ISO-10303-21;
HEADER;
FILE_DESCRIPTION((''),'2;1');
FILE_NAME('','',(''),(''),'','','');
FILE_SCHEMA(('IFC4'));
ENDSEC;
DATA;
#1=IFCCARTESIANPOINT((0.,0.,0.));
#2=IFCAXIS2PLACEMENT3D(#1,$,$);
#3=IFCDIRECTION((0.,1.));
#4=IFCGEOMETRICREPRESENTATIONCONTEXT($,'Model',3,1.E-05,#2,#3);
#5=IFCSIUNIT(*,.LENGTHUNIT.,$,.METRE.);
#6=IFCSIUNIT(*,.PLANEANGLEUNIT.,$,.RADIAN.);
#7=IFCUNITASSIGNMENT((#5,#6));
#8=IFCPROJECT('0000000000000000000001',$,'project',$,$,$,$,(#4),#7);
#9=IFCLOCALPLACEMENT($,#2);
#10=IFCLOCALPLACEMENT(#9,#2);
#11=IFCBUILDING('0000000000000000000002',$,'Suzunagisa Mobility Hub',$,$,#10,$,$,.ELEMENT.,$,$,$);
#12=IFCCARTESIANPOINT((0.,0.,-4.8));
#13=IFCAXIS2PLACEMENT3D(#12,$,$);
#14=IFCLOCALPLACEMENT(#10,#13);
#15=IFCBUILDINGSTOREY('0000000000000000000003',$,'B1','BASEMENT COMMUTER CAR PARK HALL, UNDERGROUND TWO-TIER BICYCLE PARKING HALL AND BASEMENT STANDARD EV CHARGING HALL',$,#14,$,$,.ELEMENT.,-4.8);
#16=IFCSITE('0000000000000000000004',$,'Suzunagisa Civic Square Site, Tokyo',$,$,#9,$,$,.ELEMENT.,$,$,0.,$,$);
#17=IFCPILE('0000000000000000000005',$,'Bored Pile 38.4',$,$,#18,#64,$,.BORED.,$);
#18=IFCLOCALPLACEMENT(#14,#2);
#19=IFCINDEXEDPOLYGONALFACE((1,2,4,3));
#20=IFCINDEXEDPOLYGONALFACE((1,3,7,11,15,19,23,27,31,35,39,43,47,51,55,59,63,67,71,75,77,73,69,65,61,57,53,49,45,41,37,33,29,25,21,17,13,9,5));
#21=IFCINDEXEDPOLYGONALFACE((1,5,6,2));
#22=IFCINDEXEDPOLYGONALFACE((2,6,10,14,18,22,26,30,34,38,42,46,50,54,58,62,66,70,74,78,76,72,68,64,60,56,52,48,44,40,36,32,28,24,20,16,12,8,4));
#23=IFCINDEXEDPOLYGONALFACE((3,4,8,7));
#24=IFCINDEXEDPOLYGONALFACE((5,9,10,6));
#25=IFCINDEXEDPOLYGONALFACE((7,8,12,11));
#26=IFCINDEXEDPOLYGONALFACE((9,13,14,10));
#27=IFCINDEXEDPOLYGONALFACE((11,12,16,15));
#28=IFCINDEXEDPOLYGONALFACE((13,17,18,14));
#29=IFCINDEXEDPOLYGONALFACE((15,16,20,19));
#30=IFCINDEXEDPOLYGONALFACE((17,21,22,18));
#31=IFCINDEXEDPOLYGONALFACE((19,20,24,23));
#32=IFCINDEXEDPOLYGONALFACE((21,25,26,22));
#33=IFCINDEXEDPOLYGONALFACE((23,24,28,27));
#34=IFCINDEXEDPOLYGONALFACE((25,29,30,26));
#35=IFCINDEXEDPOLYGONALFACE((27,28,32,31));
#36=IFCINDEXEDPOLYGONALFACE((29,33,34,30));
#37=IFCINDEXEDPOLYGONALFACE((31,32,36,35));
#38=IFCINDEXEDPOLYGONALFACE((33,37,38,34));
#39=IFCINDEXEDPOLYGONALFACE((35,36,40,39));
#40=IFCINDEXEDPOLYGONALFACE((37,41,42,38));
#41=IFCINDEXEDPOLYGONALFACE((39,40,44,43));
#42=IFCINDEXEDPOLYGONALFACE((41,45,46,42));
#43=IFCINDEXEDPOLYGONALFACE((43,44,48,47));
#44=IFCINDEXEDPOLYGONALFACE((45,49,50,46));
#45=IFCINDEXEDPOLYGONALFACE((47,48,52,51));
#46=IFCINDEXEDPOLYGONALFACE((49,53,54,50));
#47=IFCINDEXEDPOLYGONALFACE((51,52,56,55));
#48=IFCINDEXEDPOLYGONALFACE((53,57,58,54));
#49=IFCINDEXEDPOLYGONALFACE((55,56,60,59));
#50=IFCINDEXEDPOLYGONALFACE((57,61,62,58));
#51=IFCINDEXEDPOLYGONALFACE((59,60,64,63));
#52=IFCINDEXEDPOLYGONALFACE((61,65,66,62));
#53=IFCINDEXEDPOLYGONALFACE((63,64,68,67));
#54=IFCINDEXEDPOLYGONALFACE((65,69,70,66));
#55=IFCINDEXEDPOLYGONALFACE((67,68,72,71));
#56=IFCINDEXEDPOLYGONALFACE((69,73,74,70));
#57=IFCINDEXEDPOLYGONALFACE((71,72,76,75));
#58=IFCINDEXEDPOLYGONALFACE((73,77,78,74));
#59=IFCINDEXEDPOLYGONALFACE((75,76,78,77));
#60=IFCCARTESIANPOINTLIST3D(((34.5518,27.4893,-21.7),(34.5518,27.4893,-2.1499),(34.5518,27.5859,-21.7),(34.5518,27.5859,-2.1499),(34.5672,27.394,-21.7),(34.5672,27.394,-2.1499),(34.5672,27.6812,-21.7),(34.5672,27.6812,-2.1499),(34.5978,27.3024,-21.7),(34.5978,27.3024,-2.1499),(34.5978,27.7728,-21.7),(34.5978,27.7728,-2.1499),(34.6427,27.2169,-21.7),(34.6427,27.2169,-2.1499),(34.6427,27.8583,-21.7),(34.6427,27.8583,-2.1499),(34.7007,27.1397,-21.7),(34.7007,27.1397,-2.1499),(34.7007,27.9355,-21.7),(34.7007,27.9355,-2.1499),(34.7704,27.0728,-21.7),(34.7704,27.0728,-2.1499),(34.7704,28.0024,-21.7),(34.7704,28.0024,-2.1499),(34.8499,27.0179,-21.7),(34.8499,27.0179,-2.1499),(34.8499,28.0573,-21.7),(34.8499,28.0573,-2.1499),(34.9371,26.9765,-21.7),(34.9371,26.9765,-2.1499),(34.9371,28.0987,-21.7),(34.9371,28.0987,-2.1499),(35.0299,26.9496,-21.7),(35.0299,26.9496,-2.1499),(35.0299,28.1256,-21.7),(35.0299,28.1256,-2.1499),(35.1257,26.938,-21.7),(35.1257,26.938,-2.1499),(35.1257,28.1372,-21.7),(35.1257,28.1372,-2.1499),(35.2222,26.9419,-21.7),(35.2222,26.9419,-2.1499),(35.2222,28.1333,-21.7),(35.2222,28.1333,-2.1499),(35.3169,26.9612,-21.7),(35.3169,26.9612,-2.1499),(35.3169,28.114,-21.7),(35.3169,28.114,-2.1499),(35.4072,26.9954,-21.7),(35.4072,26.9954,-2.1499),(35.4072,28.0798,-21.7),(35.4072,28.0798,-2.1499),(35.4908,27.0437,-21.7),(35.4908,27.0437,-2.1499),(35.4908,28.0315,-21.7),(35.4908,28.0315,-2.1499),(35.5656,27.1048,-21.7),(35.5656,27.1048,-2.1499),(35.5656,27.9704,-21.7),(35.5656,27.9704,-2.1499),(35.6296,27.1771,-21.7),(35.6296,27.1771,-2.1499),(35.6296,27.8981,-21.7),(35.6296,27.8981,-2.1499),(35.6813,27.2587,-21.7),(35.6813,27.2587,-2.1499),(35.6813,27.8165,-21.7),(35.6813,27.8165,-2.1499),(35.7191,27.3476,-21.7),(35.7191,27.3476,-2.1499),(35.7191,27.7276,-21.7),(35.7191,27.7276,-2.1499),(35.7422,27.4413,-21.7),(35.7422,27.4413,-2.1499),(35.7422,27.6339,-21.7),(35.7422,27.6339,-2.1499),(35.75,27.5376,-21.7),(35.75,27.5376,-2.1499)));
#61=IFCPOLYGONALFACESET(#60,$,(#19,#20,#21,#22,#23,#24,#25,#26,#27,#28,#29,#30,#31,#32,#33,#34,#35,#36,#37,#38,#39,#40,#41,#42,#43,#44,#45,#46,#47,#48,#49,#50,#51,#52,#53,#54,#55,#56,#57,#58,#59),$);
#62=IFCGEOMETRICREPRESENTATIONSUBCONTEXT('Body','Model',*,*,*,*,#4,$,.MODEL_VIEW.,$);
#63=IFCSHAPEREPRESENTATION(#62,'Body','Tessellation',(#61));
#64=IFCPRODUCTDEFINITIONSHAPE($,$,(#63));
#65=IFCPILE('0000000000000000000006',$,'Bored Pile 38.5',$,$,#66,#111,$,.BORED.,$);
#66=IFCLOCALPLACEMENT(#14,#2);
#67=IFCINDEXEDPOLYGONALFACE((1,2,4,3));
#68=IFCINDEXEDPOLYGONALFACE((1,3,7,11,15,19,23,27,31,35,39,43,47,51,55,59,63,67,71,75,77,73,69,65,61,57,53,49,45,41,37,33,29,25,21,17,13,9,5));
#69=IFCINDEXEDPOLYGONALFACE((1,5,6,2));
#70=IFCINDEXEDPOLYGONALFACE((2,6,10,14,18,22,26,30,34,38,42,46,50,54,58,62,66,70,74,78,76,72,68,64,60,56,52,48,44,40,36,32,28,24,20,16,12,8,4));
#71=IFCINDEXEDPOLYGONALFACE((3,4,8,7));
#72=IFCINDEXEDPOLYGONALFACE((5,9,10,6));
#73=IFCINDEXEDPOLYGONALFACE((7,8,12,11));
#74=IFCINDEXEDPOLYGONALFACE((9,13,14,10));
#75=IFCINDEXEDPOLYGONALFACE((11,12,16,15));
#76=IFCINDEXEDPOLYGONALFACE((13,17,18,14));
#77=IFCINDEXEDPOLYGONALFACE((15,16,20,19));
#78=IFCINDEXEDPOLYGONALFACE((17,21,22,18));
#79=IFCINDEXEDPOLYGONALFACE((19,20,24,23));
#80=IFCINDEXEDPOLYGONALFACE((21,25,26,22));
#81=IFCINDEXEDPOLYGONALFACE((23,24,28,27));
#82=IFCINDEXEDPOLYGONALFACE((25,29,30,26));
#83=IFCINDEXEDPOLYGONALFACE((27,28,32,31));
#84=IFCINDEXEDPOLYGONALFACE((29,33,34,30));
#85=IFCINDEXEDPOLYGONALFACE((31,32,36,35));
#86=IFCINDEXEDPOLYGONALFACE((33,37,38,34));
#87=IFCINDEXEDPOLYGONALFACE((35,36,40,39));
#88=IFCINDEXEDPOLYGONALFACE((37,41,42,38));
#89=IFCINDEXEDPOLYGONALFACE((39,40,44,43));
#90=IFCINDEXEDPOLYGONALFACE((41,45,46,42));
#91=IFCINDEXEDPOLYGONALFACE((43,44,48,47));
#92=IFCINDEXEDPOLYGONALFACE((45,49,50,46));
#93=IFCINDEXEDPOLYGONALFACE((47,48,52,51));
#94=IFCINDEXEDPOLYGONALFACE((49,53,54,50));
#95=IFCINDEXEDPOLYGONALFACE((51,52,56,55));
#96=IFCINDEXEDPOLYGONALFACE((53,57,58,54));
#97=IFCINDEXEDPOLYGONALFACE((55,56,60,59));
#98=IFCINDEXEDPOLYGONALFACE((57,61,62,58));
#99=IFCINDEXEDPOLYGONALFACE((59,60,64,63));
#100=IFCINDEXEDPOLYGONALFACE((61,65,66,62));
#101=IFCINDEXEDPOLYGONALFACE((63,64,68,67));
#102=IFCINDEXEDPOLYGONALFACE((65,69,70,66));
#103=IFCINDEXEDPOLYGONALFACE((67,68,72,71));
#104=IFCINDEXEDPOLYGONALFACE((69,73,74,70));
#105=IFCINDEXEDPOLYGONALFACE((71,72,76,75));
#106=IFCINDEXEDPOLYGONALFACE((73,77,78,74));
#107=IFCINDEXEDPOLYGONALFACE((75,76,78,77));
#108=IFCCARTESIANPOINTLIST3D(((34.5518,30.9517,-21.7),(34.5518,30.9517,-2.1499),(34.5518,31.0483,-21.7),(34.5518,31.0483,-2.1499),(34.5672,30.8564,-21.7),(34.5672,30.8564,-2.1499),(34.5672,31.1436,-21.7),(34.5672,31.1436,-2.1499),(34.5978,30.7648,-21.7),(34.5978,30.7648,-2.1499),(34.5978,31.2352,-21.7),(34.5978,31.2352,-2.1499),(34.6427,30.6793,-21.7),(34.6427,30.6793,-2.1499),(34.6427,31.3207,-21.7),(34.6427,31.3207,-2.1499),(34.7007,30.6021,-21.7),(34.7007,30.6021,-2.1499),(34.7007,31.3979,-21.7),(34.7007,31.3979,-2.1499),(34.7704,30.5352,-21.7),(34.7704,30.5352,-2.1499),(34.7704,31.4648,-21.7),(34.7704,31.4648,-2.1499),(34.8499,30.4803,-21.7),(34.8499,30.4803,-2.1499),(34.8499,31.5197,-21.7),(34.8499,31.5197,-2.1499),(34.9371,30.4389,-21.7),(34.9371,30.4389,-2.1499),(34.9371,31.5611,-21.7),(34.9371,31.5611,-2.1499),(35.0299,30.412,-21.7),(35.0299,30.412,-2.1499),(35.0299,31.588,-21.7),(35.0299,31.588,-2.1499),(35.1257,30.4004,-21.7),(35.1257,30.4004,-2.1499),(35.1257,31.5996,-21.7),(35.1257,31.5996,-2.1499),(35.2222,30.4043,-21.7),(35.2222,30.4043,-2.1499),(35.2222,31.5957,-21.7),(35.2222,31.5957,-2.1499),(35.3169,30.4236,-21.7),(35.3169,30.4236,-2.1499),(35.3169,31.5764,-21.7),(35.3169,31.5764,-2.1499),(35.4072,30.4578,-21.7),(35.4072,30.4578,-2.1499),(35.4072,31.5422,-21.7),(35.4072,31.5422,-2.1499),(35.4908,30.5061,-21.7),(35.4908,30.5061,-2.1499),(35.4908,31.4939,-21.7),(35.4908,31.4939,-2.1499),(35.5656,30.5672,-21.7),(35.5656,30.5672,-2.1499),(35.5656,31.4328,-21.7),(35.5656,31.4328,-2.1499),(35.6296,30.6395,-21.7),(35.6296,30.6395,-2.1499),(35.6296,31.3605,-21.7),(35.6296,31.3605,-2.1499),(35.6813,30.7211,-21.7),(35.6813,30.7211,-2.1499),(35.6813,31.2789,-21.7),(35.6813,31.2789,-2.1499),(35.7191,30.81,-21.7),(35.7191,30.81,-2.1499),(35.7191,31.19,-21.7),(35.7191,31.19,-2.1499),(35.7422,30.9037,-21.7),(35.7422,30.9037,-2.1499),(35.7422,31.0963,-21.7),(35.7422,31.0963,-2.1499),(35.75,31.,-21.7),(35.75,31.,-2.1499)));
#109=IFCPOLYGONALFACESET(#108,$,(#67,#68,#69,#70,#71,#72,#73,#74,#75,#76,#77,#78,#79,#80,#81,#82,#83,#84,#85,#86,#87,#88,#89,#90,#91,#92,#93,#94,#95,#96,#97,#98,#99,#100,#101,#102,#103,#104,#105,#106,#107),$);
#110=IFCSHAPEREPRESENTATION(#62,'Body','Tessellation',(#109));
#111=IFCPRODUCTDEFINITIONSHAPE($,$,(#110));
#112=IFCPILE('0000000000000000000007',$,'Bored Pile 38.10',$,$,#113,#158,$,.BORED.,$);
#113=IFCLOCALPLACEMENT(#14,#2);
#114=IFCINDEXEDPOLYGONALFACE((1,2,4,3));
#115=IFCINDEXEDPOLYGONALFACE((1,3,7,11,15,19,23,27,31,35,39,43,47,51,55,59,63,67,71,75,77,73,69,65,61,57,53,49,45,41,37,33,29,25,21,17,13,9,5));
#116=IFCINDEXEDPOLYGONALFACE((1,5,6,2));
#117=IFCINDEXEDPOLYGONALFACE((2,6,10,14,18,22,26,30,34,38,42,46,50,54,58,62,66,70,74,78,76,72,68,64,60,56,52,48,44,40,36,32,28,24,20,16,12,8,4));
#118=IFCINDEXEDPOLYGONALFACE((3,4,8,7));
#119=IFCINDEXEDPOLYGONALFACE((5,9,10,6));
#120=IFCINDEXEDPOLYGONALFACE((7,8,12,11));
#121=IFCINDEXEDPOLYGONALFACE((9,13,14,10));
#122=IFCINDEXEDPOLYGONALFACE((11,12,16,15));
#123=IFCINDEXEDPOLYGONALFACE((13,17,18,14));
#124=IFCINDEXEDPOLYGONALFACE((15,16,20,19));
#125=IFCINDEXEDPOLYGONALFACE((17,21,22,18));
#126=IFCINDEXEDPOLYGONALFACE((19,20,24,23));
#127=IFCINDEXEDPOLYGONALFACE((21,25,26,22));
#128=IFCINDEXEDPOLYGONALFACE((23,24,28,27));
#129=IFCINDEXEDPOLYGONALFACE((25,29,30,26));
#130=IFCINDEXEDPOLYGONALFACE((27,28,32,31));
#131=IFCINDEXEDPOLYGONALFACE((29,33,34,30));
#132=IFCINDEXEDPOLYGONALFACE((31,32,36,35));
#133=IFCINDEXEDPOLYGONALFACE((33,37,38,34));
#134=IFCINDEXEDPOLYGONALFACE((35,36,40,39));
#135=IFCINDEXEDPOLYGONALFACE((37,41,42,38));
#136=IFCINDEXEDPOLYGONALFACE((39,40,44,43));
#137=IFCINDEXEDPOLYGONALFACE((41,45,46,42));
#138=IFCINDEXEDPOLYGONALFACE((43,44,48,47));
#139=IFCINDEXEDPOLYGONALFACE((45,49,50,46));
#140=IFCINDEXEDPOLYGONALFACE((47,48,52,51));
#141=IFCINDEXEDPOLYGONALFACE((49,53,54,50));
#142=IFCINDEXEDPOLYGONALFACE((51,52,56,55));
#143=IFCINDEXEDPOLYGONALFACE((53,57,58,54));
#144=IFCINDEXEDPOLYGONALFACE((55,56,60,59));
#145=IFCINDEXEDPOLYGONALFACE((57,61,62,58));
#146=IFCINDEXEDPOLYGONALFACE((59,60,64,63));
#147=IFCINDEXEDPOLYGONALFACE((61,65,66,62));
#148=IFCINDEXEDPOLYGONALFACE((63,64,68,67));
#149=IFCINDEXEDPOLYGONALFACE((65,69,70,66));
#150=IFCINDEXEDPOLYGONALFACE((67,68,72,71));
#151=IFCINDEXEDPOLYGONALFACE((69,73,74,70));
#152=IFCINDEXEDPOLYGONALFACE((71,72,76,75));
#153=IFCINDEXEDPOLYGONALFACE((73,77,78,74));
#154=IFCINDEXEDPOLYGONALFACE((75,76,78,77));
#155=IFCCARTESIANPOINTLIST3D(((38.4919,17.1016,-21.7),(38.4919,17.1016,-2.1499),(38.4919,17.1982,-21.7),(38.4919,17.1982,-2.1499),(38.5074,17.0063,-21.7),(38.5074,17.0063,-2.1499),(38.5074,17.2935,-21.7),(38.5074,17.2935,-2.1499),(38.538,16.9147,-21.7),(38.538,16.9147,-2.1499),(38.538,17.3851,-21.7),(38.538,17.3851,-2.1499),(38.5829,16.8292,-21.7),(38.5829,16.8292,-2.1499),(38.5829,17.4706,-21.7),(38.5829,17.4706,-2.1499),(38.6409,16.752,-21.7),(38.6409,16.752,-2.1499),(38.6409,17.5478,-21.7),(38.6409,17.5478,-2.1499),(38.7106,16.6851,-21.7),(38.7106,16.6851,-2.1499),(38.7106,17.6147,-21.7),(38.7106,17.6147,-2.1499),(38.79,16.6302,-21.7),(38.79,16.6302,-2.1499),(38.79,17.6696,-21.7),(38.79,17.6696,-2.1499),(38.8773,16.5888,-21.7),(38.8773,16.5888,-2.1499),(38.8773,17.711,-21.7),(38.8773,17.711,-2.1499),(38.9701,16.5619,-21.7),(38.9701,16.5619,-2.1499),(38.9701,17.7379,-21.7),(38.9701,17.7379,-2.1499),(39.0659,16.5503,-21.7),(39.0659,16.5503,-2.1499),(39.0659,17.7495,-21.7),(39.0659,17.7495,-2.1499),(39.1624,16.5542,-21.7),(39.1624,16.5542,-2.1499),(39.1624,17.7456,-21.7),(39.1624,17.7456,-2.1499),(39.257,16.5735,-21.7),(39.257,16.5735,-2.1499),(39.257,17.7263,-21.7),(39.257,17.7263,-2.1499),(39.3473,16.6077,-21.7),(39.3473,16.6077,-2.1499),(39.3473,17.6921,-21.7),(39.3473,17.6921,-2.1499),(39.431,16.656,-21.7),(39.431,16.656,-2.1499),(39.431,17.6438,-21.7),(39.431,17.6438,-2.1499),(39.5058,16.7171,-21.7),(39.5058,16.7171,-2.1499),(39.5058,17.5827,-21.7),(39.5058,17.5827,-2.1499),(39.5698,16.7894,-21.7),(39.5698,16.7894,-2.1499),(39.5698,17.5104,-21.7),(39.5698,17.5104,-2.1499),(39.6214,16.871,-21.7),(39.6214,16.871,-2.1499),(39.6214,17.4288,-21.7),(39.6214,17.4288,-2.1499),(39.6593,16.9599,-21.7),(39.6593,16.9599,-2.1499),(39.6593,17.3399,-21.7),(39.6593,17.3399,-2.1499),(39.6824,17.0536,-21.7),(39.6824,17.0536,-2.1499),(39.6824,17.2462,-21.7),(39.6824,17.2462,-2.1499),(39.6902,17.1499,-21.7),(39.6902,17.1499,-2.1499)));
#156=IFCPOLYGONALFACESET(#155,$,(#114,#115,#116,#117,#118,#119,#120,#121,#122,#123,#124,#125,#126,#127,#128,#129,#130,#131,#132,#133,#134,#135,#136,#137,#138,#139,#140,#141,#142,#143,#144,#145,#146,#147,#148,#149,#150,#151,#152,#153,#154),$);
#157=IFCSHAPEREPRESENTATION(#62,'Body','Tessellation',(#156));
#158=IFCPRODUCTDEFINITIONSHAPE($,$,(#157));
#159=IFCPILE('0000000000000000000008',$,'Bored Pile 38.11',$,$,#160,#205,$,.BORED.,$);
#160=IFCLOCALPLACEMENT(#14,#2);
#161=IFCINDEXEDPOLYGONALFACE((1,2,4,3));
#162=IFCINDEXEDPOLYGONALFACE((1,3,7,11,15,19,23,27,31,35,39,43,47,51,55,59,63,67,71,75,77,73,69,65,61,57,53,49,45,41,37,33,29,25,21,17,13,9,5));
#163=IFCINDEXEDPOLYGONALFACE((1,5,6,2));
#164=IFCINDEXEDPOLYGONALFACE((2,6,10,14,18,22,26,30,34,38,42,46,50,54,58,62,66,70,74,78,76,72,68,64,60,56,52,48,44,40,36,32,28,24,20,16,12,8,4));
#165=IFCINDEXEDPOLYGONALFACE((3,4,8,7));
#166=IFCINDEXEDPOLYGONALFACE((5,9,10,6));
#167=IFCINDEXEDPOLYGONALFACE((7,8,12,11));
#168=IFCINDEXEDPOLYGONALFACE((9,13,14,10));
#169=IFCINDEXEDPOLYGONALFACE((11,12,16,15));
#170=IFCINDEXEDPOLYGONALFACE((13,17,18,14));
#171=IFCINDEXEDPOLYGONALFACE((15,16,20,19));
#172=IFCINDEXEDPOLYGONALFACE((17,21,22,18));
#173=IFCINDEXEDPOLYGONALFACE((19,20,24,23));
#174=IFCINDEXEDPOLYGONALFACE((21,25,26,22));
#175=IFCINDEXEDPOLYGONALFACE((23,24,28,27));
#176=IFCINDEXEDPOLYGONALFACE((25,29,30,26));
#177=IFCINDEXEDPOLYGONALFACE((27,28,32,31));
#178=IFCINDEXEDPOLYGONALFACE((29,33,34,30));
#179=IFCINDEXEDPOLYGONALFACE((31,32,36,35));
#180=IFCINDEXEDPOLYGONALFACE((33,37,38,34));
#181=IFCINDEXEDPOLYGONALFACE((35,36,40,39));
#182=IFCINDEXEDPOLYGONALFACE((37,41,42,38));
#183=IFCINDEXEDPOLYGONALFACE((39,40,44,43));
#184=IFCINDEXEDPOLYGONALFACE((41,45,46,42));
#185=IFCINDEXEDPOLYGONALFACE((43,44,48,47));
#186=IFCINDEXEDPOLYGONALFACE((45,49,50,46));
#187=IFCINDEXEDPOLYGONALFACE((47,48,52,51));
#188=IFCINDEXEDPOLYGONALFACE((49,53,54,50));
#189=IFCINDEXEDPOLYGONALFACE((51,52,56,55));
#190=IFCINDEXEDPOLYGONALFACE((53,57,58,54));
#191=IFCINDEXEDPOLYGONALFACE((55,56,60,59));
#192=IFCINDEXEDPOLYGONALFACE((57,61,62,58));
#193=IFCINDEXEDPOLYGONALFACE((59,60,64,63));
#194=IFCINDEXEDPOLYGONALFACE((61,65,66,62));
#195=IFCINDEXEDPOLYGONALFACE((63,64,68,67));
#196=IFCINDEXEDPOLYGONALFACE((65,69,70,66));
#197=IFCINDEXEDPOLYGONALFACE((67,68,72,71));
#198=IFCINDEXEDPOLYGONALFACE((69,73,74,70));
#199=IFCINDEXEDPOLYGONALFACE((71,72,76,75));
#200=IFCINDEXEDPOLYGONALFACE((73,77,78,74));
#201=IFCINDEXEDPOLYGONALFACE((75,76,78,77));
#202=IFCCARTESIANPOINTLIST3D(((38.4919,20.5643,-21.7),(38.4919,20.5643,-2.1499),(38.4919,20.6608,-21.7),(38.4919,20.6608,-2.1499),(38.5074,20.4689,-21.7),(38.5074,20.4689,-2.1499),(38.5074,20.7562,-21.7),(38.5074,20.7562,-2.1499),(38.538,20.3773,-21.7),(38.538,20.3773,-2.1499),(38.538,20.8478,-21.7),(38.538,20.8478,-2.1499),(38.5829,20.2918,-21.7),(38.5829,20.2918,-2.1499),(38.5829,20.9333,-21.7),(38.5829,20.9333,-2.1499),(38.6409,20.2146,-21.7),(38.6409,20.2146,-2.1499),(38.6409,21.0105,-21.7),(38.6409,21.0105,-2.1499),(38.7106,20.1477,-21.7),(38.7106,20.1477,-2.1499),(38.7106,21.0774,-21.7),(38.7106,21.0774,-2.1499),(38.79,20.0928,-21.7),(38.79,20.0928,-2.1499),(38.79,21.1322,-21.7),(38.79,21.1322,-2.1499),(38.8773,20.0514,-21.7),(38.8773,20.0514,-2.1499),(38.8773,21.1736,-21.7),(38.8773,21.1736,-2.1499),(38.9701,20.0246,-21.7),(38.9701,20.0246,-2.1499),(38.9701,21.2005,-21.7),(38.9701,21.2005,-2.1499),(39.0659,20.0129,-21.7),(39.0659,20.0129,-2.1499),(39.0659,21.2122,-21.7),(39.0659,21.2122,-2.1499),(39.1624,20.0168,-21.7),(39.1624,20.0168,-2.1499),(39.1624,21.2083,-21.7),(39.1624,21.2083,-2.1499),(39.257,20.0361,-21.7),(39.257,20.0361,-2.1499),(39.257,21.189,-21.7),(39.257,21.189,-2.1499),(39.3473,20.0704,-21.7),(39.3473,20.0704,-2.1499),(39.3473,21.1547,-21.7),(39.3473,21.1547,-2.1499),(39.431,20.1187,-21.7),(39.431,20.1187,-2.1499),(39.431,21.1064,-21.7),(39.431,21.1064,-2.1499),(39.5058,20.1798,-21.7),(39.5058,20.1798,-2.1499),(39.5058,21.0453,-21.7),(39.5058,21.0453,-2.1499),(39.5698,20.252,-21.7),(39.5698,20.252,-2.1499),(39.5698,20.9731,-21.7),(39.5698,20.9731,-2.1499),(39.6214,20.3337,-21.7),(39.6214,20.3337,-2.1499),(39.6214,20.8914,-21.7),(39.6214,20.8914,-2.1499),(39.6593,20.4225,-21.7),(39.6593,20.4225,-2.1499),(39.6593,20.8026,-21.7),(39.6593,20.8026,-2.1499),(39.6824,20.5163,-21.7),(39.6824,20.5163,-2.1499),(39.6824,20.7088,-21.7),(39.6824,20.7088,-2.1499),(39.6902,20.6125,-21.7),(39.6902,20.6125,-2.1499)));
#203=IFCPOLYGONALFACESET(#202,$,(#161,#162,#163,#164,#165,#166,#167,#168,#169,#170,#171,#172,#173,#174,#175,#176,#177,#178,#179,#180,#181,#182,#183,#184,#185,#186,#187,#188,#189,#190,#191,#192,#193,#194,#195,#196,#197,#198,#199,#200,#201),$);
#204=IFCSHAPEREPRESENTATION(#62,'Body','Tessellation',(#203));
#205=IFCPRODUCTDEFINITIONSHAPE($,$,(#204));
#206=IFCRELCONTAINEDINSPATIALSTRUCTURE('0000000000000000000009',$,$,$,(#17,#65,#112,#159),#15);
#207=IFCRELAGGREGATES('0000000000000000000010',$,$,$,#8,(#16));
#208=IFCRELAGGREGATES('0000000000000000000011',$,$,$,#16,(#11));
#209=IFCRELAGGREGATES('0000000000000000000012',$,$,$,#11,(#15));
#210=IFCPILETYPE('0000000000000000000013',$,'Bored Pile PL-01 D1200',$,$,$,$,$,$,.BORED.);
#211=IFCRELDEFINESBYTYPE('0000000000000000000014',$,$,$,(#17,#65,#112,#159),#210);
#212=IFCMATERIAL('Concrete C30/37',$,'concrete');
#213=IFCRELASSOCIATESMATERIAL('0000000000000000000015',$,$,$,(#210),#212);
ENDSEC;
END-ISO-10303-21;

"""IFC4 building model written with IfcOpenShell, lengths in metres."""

from ifc_helpers import new_model, si_unit, direction, frame, origin, origin_2d, place, context, subcontext, project, spatial, circle, extrude, material, material_profile, profile_set, type_object, element, save


model = new_model("IFC4")

# Units and contexts
model_context = context("Model", 3, precision=1e-05, world=origin(), true_north=direction((0.0, 1.0)))
body_context = subcontext(model_context, "Body", "Model", "MODEL_VIEW")
ifc_project = project(units=[si_unit("LENGTHUNIT", "METRE"), si_unit("PLANEANGLEUNIT", "RADIAN")], contexts=[model_context])

# Site, building, storey
site_placement = place(None, origin())
site = spatial("IfcSite", under=ifc_project, at=site_placement, Name="Suzunagisa Civic Square Site, Tokyo", CompositionType="ELEMENT", RefElevation=0.0)
building_placement = place(site_placement, origin())
building = spatial("IfcBuilding", under=site, at=building_placement, Name="Suzunagisa Mobility Hub", CompositionType="ELEMENT")
storey_placement = place(building_placement, frame((0.0, 0.0, -4.8)))
storey = spatial("IfcBuildingStorey", under=building, at=storey_placement, Name="B1", Description="BASEMENT COMMUTER CAR PARK HALL, UNDERGROUND TWO-TIER BICYCLE PARKING HALL AND BASEMENT STANDARD EV CHARGING HALL", CompositionType="ELEMENT", Elevation=-4.8)

# Piles
ifc_material_1 = material(Name="Concrete C30/37", Category="concrete")
ifc_material_profile_1 = material_profile(ifc_material_1, circle(Radius=0.6001, at=origin_2d()), Name="BORED PILE D1200")
ifc_profile_set_1 = profile_set([ifc_material_profile_1], Name="Concrete C30/37")
pile_type = type_object("IfcPileType", Name="Bored Pile PL-01 D1200", PredefinedType="BORED", material=ifc_profile_set_1)
for number, where, z_axis, x_axis, name in (
    (1, (35.1499, 27.5376, -2.1499), (0.0, 0.0, -1.0), (1.0, 0.0, 0.0), "Bored Pile 38.4"),
    (2, (35.1499, 31.0, -2.1499), (0.0, 0.0, -1.0), (1.0, 0.0, 0.0), "Bored Pile 38.5"),
    (3, (39.0901, 17.1499, -2.1499), (0.0, 0.0, -1.0), (1.0, 0.0, 0.0), "Bored Pile 38.10"),
    (4, (39.0901, 20.6125, -2.1499), (0.0, 0.0, -1.0), (1.0, 0.0, 0.0), "Bored Pile 38.11"),
):
    element("IfcPile", number, at=place(storey_placement, frame(where, z_axis=z_axis, x_axis=x_axis)), inside=storey, type_object=pile_type, Name=name, PredefinedType="BORED", context=body_context, shape_type="SweptSolid", body=[
        extrude(circle(Radius=0.6001, at=origin_2d()), origin(), (0.0, 0.0, 1.0), 19.55),
    ])

save(model, "model.ifc")
